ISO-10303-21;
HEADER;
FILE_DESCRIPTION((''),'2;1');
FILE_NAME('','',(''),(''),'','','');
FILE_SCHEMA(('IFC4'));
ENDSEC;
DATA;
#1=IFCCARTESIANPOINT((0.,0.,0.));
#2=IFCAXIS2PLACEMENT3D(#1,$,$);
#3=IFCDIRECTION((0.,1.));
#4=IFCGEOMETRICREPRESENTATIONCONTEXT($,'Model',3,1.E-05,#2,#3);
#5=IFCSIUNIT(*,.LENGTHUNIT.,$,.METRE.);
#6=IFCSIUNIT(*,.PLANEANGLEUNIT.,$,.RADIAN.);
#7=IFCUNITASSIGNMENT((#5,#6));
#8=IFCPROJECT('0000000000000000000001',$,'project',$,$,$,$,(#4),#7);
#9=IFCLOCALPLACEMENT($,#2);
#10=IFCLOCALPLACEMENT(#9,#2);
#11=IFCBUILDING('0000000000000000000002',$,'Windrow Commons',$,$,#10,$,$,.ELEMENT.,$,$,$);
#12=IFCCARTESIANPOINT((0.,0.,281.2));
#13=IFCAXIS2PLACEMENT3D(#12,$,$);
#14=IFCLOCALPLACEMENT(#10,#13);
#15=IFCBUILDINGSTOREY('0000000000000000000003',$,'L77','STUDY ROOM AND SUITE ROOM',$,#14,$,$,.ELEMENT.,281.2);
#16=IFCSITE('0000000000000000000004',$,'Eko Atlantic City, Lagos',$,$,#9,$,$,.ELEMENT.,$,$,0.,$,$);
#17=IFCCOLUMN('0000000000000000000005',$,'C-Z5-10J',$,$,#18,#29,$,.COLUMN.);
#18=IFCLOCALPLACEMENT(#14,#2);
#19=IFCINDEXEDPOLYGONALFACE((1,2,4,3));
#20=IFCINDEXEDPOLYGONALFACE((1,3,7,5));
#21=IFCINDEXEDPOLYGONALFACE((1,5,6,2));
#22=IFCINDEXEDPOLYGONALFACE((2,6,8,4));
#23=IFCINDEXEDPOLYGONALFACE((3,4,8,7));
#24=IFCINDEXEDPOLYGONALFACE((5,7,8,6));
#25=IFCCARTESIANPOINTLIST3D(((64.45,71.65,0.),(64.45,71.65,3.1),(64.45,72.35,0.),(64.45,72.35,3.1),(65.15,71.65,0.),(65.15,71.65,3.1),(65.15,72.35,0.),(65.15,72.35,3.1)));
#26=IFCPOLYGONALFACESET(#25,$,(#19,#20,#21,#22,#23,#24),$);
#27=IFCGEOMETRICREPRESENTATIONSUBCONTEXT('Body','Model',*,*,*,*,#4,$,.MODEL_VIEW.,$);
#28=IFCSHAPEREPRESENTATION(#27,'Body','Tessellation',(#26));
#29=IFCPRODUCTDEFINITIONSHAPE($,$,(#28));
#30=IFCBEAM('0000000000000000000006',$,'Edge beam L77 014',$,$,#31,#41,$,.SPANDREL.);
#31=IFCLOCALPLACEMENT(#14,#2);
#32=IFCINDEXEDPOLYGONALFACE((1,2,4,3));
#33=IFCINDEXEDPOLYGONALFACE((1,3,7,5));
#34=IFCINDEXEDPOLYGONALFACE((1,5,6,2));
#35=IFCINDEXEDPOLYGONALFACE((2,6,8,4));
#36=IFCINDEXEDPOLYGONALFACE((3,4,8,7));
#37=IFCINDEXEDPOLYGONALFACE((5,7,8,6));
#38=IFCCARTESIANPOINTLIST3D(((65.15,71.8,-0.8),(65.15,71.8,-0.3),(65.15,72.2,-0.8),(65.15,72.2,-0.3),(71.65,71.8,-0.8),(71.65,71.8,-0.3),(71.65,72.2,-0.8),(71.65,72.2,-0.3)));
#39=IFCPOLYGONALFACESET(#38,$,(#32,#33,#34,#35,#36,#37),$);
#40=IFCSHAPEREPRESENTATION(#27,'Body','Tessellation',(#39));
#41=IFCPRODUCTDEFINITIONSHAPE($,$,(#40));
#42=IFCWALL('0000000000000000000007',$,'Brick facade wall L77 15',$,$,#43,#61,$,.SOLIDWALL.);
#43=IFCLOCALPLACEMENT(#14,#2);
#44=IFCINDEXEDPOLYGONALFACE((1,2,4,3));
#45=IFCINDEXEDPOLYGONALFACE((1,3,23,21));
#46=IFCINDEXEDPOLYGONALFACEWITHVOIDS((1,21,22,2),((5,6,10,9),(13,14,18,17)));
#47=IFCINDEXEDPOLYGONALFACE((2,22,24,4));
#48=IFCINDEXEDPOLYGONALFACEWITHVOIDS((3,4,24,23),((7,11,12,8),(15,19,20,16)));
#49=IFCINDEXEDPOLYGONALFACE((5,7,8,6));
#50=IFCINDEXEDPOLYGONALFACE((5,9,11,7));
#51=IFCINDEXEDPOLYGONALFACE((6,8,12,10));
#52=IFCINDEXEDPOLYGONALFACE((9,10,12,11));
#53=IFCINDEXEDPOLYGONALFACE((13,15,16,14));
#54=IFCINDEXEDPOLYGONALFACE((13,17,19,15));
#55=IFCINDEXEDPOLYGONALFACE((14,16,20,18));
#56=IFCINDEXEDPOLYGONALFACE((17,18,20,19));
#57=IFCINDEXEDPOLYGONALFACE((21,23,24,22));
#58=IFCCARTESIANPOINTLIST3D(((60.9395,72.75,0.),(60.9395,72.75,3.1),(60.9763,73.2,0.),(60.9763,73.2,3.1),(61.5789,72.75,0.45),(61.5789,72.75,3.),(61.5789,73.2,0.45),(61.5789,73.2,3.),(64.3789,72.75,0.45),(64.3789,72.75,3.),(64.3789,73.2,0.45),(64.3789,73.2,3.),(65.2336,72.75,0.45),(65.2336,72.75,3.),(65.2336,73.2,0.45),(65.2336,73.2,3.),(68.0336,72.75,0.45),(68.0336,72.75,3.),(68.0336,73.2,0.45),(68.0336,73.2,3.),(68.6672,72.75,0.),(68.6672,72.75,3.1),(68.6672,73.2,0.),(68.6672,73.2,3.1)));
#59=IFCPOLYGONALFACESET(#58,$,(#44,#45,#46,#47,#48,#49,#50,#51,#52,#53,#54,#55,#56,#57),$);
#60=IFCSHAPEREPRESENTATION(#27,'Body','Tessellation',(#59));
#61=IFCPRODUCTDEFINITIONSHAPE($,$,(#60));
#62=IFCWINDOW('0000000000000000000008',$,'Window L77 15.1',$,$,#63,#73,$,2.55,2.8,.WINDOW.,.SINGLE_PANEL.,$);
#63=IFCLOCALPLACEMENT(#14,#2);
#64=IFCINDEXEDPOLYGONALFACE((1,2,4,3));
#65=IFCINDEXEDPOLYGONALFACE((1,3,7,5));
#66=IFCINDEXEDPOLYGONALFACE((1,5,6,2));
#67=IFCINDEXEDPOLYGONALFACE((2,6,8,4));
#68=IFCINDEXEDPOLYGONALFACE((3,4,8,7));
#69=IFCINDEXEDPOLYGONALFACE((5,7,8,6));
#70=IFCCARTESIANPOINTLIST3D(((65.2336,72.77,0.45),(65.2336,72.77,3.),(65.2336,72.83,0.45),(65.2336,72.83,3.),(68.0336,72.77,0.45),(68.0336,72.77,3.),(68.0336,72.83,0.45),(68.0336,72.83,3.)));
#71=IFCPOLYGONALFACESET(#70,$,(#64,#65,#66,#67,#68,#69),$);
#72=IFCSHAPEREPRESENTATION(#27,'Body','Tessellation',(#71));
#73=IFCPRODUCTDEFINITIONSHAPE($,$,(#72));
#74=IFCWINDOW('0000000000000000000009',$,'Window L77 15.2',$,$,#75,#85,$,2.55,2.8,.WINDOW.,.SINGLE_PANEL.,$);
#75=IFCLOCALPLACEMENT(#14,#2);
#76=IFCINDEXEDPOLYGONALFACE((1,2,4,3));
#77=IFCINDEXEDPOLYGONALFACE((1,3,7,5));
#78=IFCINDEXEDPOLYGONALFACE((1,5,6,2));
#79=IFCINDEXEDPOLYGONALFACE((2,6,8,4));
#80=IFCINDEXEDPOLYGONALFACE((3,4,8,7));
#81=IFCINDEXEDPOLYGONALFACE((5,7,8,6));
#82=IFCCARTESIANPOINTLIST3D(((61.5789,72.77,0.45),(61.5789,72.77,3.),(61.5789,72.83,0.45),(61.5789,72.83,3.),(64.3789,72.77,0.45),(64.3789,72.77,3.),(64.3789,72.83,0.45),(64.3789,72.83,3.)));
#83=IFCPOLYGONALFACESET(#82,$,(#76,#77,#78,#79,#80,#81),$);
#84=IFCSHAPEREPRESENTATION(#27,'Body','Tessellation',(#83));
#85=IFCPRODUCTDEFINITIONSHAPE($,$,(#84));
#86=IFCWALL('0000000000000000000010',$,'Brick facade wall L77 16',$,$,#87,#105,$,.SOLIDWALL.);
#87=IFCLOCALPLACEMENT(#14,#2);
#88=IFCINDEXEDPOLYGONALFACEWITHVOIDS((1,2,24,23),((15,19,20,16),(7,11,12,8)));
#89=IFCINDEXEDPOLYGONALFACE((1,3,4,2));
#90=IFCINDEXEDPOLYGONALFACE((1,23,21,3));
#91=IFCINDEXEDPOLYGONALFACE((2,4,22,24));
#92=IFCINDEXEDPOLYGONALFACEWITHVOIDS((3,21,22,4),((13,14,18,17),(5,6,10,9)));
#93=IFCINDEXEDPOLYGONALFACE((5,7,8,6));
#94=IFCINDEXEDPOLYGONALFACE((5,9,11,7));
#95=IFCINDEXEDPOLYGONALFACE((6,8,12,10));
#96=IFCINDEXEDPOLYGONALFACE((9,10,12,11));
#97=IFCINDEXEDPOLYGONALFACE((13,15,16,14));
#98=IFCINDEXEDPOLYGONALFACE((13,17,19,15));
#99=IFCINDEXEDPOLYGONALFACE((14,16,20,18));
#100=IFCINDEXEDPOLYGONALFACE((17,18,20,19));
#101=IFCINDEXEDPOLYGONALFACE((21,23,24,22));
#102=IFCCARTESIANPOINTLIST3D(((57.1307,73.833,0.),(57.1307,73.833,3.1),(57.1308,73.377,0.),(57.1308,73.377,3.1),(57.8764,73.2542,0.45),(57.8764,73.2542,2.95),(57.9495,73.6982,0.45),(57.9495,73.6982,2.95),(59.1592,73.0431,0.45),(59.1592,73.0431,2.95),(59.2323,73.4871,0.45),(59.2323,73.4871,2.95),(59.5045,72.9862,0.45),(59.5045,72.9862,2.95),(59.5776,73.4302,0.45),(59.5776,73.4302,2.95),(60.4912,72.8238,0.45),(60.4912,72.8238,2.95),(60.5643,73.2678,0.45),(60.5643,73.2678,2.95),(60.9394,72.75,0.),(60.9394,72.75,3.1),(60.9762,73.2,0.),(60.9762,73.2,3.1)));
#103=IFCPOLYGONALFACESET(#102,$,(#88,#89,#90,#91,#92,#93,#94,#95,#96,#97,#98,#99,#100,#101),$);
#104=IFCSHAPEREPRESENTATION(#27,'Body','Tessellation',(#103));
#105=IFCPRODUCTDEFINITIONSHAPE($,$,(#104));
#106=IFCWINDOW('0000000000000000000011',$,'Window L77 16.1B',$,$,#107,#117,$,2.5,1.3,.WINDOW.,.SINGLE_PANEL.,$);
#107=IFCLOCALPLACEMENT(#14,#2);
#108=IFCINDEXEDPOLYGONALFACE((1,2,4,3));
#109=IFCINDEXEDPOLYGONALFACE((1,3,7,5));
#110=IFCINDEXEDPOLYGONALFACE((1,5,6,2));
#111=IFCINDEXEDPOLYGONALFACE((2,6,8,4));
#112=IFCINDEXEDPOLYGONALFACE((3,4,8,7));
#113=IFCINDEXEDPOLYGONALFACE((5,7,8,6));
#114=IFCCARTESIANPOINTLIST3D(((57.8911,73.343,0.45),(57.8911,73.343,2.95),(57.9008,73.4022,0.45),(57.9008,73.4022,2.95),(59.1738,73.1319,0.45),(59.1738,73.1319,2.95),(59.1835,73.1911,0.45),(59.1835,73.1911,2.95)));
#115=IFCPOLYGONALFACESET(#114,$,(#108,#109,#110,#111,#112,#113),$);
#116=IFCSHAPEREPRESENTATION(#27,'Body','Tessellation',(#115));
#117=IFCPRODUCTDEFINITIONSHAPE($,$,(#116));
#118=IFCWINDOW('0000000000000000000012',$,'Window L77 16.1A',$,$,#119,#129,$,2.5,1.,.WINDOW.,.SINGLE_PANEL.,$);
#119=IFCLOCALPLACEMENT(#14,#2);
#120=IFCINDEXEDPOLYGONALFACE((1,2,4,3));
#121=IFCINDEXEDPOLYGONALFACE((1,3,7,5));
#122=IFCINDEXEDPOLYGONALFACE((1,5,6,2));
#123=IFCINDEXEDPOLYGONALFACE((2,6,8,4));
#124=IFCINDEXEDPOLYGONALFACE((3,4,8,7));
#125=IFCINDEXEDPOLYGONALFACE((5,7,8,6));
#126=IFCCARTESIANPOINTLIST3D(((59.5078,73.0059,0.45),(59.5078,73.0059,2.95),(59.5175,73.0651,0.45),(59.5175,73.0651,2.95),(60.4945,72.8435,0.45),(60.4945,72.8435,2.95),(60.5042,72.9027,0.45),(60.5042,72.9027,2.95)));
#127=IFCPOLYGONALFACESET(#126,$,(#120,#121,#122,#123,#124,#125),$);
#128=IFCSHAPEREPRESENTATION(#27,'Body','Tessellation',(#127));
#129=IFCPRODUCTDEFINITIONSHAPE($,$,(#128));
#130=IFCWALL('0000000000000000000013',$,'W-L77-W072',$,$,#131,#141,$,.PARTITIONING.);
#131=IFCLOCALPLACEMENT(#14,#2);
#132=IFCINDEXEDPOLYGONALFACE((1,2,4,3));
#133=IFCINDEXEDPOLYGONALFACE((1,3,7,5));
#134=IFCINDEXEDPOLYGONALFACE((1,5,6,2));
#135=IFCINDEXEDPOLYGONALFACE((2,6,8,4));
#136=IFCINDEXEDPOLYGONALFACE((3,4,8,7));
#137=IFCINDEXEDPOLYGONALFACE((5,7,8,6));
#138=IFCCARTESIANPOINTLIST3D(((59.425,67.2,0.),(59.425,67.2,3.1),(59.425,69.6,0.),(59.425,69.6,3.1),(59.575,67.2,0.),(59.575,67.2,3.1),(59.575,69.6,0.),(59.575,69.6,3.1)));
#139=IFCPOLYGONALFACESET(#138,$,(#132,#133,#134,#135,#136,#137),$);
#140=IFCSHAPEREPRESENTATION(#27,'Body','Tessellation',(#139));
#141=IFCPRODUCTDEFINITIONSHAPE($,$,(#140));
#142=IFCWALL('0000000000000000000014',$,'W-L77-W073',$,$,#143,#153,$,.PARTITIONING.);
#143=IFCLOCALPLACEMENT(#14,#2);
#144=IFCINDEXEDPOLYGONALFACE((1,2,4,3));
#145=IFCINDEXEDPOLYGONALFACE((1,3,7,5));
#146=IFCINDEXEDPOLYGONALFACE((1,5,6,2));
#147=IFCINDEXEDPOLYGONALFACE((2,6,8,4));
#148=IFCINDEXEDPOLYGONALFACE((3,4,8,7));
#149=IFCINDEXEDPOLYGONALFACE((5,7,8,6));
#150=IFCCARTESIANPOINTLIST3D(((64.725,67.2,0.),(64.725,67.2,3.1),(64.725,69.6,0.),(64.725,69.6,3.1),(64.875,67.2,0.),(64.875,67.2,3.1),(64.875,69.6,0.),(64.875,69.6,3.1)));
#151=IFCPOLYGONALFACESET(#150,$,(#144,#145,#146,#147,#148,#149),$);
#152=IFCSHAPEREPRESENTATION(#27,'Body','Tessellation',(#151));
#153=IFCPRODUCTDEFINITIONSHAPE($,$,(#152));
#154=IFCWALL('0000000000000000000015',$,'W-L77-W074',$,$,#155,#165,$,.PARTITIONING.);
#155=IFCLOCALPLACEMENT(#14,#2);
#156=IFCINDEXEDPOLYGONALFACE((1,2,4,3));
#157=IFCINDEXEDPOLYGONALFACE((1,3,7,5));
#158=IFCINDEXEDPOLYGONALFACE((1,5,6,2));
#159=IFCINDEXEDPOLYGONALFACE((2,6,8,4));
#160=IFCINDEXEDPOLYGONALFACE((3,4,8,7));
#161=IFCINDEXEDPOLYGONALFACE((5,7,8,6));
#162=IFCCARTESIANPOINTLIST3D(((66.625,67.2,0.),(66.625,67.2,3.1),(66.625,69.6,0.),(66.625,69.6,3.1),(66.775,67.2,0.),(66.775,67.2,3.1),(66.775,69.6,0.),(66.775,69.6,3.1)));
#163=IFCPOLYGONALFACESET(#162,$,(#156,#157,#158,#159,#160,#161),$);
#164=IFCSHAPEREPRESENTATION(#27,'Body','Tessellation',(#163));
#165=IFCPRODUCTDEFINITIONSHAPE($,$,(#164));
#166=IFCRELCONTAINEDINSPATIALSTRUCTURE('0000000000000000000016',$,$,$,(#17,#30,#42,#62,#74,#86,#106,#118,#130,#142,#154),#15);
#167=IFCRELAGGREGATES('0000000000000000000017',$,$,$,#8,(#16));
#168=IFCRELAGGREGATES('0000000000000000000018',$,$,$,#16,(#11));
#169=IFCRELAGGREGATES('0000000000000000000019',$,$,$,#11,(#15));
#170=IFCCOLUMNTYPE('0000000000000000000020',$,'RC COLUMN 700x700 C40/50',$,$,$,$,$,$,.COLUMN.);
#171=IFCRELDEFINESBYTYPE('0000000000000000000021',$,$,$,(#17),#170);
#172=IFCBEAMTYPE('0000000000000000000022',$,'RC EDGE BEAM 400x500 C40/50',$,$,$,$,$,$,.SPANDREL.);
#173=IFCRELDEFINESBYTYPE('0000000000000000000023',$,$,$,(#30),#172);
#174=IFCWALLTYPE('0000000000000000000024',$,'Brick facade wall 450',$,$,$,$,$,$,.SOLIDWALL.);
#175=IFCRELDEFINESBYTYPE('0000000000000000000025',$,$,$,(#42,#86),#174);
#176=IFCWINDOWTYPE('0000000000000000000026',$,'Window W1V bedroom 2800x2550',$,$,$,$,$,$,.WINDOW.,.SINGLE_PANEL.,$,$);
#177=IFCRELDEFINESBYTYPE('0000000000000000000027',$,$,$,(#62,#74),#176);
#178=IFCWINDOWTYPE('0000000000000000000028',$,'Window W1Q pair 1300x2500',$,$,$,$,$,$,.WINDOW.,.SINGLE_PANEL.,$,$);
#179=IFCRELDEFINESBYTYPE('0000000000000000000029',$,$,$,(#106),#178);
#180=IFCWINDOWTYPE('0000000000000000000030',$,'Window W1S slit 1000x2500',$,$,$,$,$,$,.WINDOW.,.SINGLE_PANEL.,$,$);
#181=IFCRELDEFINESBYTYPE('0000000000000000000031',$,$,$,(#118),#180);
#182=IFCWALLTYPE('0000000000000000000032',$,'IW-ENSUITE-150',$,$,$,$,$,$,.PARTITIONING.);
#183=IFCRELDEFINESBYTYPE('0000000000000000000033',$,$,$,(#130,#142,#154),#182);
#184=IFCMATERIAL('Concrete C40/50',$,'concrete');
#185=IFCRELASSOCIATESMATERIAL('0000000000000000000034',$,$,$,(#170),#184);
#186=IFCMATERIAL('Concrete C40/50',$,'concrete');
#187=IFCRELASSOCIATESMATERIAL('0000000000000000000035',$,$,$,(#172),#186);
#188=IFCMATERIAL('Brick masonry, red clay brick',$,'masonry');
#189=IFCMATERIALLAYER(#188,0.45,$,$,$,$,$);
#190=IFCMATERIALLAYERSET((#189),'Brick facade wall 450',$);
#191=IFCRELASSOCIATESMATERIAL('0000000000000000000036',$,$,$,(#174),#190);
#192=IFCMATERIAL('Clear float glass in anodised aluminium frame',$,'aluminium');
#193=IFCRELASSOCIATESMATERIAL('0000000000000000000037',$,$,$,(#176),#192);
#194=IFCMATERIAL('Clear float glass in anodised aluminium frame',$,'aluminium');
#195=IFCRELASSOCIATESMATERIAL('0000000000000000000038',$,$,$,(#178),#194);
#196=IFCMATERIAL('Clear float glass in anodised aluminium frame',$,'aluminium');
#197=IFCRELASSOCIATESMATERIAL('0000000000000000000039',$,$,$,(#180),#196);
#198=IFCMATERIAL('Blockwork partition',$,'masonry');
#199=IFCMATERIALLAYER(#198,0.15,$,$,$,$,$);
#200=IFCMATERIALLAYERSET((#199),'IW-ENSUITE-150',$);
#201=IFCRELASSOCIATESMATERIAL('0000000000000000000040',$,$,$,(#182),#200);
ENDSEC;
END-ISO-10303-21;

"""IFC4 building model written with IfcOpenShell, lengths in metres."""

from ifc_helpers import new_model, si_unit, direction, frame, frame_2d, origin, origin_2d, place, context, subcontext, project, spatial, polyline, rectangle, outline, extrude, material, layer, layer_set, material_profile, profile_set, type_object, element, fill, save


model = new_model("IFC4")

# Units and contexts
model_context = context("Model", 3, precision=1e-05, world=origin(), true_north=direction((0.0, 1.0)))
body_context = subcontext(model_context, "Body", "Model", "MODEL_VIEW")
ifc_project = project(units=[si_unit("LENGTHUNIT", "METRE"), si_unit("PLANEANGLEUNIT", "RADIAN")], contexts=[model_context])

# Site, building, storey
site_placement = place(None, origin())
site = spatial("IfcSite", under=ifc_project, at=site_placement, Name="Eko Atlantic City, Lagos", CompositionType="ELEMENT", RefElevation=0.0)
building_placement = place(site_placement, origin())
building = spatial("IfcBuilding", under=site, at=building_placement, Name="Windrow Commons", CompositionType="ELEMENT")
storey_placement = place(building_placement, frame((0.0, 0.0, 281.2)))
storey = spatial("IfcBuildingStorey", under=building, at=storey_placement, Name="L77", Description="STUDY ROOM AND SUITE ROOM", CompositionType="ELEMENT", Elevation=281.2)

# Column
ifc_material_1 = material(Name="Concrete C40/50", Category="concrete")
ifc_material_profile_1 = material_profile(ifc_material_1, rectangle(XDim=0.7, YDim=0.7, at=origin_2d()))
ifc_profile_set_1 = profile_set([ifc_material_profile_1], Name="Concrete C40/50")
column_type = type_object("IfcColumnType", Name="RC COLUMN 700x700 C40/50", PredefinedType="COLUMN", material=ifc_profile_set_1)
column_placement = place(storey_placement, frame((64.8, 72.0, 0.0), z_axis=(0.0, 0.0, 1.0), x_axis=(1.0, 0.0, 0.0)))
element("IfcColumn", 1, at=column_placement, inside=storey, type_object=column_type, Name="C-Z5-10J", PredefinedType="COLUMN", context=body_context, shape_type="SweptSolid", body=[
    extrude(rectangle(XDim=0.7, YDim=0.7, at=origin_2d()), origin(), (0.0, 0.0, 1.0), 3.1),
])

# Beam
ifc_material_2 = material(Name="Concrete C40/50", Category="concrete")
ifc_material_profile_2 = material_profile(ifc_material_2, rectangle(XDim=0.4, YDim=0.5, at=origin_2d()))
ifc_profile_set_2 = profile_set([ifc_material_profile_2], Name="Concrete C40/50")
beam_type = type_object("IfcBeamType", Name="RC EDGE BEAM 400x500 C40/50", PredefinedType="SPANDREL", material=ifc_profile_set_2)
beam_placement = place(storey_placement, frame((65.15, 72.0, -0.55), z_axis=(1.0, 0.0, 0.0), x_axis=(0.0, 1.0, 0.0)))
element("IfcBeam", 2, at=beam_placement, inside=storey, type_object=beam_type, Name="Edge beam L77 014", PredefinedType="SPANDREL", context=body_context, shape_type="SweptSolid", body=[
    extrude(rectangle(XDim=0.4, YDim=0.5, at=origin_2d()), origin(), (0.0, 0.0, 1.0), 6.5),
])

# Walls, openings, windows
ifc_material_3 = material(Name="Brick masonry, red clay brick", Category="masonry")
ifc_layer_1 = layer(ifc_material_3, 0.45)
ifc_layer_set_1 = layer_set([ifc_layer_1], Name="Brick facade wall 450")
wall_type_1 = type_object("IfcWallType", Name="Brick facade wall 450", PredefinedType="SOLIDWALL", material=ifc_layer_set_1)
wall_1_placement = place(storey_placement, frame((68.6672, 72.975, 0.0), z_axis=(0.0, 0.0, 1.0), x_axis=(-1.0, 0.0, 0.0)))
wall_1 = element("IfcWall", 3, at=wall_1_placement, inside=storey, type_object=wall_type_1, Name="Brick facade wall L77 15", PredefinedType="SOLIDWALL", context=body_context, shape_type="SweptSolid", body=[
    extrude(outline(polyline([(0.0, -0.225), (7.6909, -0.225), (7.7277, 0.225), (0.0, 0.225), (0.0, -0.225)])), origin(), (0.0, 0.0, 1.0), 3.1),
])
opening_1_placement = place(wall_1_placement, frame((0.6336, 0.0, 0.45)))
opening_1 = element("IfcOpeningElement", 4, at=opening_1_placement, cuts=wall_1, PredefinedType="OPENING", context=body_context, shape_type="SweptSolid", body=[
    extrude(rectangle(XDim=2.8, YDim=2.55, at=frame_2d((1.4, 1.275))), frame((0.0, 0.235, 0.0), z_axis=(0.0, -1.0, 0.0), x_axis=(1.0, 0.0, 0.0)), (0.0, 0.0, 1.0), 0.47),
])
opening_2_placement = place(wall_1_placement, frame((4.2883, 0.0, 0.45)))
opening_2 = element("IfcOpeningElement", 5, at=opening_2_placement, cuts=wall_1, PredefinedType="OPENING", context=body_context, shape_type="SweptSolid", body=[
    extrude(rectangle(XDim=2.8, YDim=2.55, at=frame_2d((1.4, 1.275))), frame((0.0, 0.235, 0.0), z_axis=(0.0, -1.0, 0.0), x_axis=(1.0, 0.0, 0.0)), (0.0, 0.0, 1.0), 0.47),
])
ifc_material_4 = material(Name="Clear float glass in anodised aluminium frame", Category="aluminium")
window_type_1 = type_object("IfcWindowType", Name="Window W1V bedroom 2800x2550", PartitioningType="SINGLE_PANEL", PredefinedType="WINDOW", material=ifc_material_4)
window_1_placement = place(opening_1_placement, origin())
window_1 = element("IfcWindow", 6, at=window_1_placement, inside=storey, type_object=window_type_1, Name="Window L77 15.1", OverallHeight=2.55, OverallWidth=2.8, PartitioningType="SINGLE_PANEL", PredefinedType="WINDOW", context=body_context, shape_type="SweptSolid", body=[
    extrude(rectangle(XDim=2.8, YDim=2.55, at=frame_2d((1.4, 1.275))), frame((0.0, 0.205, 0.0), z_axis=(0.0, -1.0, 0.0), x_axis=(1.0, 0.0, 0.0)), (0.0, 0.0, 1.0), 0.06),
])
fill(opening_1, window_1)
window_2_placement = place(opening_2_placement, origin())
window_2 = element("IfcWindow", 7, at=window_2_placement, inside=storey, type_object=window_type_1, Name="Window L77 15.2", OverallHeight=2.55, OverallWidth=2.8, PartitioningType="SINGLE_PANEL", PredefinedType="WINDOW", context=body_context, shape_type="SweptSolid", body=[
    extrude(rectangle(XDim=2.8, YDim=2.55, at=frame_2d((1.4, 1.275))), frame((0.0, 0.205, 0.0), z_axis=(0.0, -1.0, 0.0), x_axis=(1.0, 0.0, 0.0)), (0.0, 0.0, 1.0), 0.06),
])
fill(opening_2, window_2)
wall_2_placement = place(storey_placement, frame((60.9578, 72.975, 0.0), z_axis=(0.0, 0.0, 1.0), x_axis=(-0.986719, 0.162434, 0.0)))
wall_2 = element("IfcWall", 8, at=wall_2_placement, inside=storey, type_object=wall_type_1, Name="Brick facade wall L77 16", PredefinedType="SOLIDWALL", context=body_context, shape_type="SweptSolid", body=[
    extrude(outline(polyline([(0.0184, -0.225), (3.9156, -0.225), (3.8415, 0.225), (-0.0184, 0.225), (0.0184, -0.225)])), origin(), (0.0, 0.0, 1.0), 3.1),
])
opening_3_placement = place(wall_2_placement, frame((0.4358, 0.0, 0.45)))
opening_3 = element("IfcOpeningElement", 9, at=opening_3_placement, cuts=wall_2, PredefinedType="OPENING", context=body_context, shape_type="SweptSolid", body=[
    extrude(rectangle(XDim=1.0, YDim=2.5, at=frame_2d((0.5, 1.25))), frame((0.0, 0.235, 0.0), z_axis=(0.0, -1.0, 0.0), x_axis=(1.0, 0.0, 0.0)), (0.0, 0.0, 1.0), 0.47),
])
opening_4_placement = place(wall_2_placement, frame((1.7858, 0.0, 0.45)))
opening_4 = element("IfcOpeningElement", 10, at=opening_4_placement, cuts=wall_2, PredefinedType="OPENING", context=body_context, shape_type="SweptSolid", body=[
    extrude(rectangle(XDim=1.3, YDim=2.5, at=frame_2d((0.65, 1.25))), frame((0.0, 0.235, 0.0), z_axis=(0.0, -1.0, 0.0), x_axis=(1.0, 0.0, 0.0)), (0.0, 0.0, 1.0), 0.47),
])
ifc_material_5 = material(Name="Clear float glass in anodised aluminium frame", Category="aluminium")
window_type_2 = type_object("IfcWindowType", Name="Window W1Q pair 1300x2500", PartitioningType="SINGLE_PANEL", PredefinedType="WINDOW", material=ifc_material_5)
window_3_placement = place(opening_4_placement, origin())
window_3 = element("IfcWindow", 11, at=window_3_placement, inside=storey, type_object=window_type_2, Name="Window L77 16.1B", OverallHeight=2.5, OverallWidth=1.3, PartitioningType="SINGLE_PANEL", PredefinedType="WINDOW", context=body_context, shape_type="SweptSolid", body=[
    extrude(rectangle(XDim=1.3, YDim=2.5, at=frame_2d((0.65, 1.25))), frame((0.0, 0.135, 0.0), z_axis=(0.0, -1.0, 0.0), x_axis=(1.0, 0.0, 0.0)), (0.0, 0.0, 1.0), 0.06),
])
fill(opening_4, window_3)
ifc_material_6 = material(Name="Clear float glass in anodised aluminium frame", Category="aluminium")
window_type_3 = type_object("IfcWindowType", Name="Window W1S slit 1000x2500", PartitioningType="SINGLE_PANEL", PredefinedType="WINDOW", material=ifc_material_6)
window_4_placement = place(opening_3_placement, origin())
window_4 = element("IfcWindow", 12, at=window_4_placement, inside=storey, type_object=window_type_3, Name="Window L77 16.1A", OverallHeight=2.5, OverallWidth=1.0, PartitioningType="SINGLE_PANEL", PredefinedType="WINDOW", context=body_context, shape_type="SweptSolid", body=[
    extrude(rectangle(XDim=1.0, YDim=2.5, at=frame_2d((0.5, 1.25))), frame((0.0, 0.205, 0.0), z_axis=(0.0, -1.0, 0.0), x_axis=(1.0, 0.0, 0.0)), (0.0, 0.0, 1.0), 0.06),
])
fill(opening_3, window_4)

# Walls
ifc_material_7 = material(Name="Blockwork partition", Category="masonry")
ifc_layer_2 = layer(ifc_material_7, 0.15)
ifc_layer_set_2 = layer_set([ifc_layer_2], Name="IW-ENSUITE-150")
wall_type_2 = type_object("IfcWallType", Name="IW-ENSUITE-150", PredefinedType="PARTITIONING", material=ifc_layer_set_2)
for number, where, z_axis, x_axis, name in (
    (13, (59.5, 67.2, 0.0), (0.0, 0.0, 1.0), (0.0, 1.0, 0.0), "W-L77-W072"),
    (14, (64.8, 67.2, 0.0), (0.0, 0.0, 1.0), (0.0, 1.0, 0.0), "W-L77-W073"),
    (15, (66.7, 67.2, 0.0), (0.0, 0.0, 1.0), (0.0, 1.0, 0.0), "W-L77-W074"),
):
    element("IfcWall", number, at=place(storey_placement, frame(where, z_axis=z_axis, x_axis=x_axis)), inside=storey, type_object=wall_type_2, Name=name, PredefinedType="PARTITIONING", context=body_context, shape_type="SweptSolid", body=[
        extrude(rectangle(XDim=2.4, YDim=0.15, at=frame_2d((1.2, 0.0))), origin(), (0.0, 0.0, 1.0), 3.1),
    ])

save(model, "model.ifc")
